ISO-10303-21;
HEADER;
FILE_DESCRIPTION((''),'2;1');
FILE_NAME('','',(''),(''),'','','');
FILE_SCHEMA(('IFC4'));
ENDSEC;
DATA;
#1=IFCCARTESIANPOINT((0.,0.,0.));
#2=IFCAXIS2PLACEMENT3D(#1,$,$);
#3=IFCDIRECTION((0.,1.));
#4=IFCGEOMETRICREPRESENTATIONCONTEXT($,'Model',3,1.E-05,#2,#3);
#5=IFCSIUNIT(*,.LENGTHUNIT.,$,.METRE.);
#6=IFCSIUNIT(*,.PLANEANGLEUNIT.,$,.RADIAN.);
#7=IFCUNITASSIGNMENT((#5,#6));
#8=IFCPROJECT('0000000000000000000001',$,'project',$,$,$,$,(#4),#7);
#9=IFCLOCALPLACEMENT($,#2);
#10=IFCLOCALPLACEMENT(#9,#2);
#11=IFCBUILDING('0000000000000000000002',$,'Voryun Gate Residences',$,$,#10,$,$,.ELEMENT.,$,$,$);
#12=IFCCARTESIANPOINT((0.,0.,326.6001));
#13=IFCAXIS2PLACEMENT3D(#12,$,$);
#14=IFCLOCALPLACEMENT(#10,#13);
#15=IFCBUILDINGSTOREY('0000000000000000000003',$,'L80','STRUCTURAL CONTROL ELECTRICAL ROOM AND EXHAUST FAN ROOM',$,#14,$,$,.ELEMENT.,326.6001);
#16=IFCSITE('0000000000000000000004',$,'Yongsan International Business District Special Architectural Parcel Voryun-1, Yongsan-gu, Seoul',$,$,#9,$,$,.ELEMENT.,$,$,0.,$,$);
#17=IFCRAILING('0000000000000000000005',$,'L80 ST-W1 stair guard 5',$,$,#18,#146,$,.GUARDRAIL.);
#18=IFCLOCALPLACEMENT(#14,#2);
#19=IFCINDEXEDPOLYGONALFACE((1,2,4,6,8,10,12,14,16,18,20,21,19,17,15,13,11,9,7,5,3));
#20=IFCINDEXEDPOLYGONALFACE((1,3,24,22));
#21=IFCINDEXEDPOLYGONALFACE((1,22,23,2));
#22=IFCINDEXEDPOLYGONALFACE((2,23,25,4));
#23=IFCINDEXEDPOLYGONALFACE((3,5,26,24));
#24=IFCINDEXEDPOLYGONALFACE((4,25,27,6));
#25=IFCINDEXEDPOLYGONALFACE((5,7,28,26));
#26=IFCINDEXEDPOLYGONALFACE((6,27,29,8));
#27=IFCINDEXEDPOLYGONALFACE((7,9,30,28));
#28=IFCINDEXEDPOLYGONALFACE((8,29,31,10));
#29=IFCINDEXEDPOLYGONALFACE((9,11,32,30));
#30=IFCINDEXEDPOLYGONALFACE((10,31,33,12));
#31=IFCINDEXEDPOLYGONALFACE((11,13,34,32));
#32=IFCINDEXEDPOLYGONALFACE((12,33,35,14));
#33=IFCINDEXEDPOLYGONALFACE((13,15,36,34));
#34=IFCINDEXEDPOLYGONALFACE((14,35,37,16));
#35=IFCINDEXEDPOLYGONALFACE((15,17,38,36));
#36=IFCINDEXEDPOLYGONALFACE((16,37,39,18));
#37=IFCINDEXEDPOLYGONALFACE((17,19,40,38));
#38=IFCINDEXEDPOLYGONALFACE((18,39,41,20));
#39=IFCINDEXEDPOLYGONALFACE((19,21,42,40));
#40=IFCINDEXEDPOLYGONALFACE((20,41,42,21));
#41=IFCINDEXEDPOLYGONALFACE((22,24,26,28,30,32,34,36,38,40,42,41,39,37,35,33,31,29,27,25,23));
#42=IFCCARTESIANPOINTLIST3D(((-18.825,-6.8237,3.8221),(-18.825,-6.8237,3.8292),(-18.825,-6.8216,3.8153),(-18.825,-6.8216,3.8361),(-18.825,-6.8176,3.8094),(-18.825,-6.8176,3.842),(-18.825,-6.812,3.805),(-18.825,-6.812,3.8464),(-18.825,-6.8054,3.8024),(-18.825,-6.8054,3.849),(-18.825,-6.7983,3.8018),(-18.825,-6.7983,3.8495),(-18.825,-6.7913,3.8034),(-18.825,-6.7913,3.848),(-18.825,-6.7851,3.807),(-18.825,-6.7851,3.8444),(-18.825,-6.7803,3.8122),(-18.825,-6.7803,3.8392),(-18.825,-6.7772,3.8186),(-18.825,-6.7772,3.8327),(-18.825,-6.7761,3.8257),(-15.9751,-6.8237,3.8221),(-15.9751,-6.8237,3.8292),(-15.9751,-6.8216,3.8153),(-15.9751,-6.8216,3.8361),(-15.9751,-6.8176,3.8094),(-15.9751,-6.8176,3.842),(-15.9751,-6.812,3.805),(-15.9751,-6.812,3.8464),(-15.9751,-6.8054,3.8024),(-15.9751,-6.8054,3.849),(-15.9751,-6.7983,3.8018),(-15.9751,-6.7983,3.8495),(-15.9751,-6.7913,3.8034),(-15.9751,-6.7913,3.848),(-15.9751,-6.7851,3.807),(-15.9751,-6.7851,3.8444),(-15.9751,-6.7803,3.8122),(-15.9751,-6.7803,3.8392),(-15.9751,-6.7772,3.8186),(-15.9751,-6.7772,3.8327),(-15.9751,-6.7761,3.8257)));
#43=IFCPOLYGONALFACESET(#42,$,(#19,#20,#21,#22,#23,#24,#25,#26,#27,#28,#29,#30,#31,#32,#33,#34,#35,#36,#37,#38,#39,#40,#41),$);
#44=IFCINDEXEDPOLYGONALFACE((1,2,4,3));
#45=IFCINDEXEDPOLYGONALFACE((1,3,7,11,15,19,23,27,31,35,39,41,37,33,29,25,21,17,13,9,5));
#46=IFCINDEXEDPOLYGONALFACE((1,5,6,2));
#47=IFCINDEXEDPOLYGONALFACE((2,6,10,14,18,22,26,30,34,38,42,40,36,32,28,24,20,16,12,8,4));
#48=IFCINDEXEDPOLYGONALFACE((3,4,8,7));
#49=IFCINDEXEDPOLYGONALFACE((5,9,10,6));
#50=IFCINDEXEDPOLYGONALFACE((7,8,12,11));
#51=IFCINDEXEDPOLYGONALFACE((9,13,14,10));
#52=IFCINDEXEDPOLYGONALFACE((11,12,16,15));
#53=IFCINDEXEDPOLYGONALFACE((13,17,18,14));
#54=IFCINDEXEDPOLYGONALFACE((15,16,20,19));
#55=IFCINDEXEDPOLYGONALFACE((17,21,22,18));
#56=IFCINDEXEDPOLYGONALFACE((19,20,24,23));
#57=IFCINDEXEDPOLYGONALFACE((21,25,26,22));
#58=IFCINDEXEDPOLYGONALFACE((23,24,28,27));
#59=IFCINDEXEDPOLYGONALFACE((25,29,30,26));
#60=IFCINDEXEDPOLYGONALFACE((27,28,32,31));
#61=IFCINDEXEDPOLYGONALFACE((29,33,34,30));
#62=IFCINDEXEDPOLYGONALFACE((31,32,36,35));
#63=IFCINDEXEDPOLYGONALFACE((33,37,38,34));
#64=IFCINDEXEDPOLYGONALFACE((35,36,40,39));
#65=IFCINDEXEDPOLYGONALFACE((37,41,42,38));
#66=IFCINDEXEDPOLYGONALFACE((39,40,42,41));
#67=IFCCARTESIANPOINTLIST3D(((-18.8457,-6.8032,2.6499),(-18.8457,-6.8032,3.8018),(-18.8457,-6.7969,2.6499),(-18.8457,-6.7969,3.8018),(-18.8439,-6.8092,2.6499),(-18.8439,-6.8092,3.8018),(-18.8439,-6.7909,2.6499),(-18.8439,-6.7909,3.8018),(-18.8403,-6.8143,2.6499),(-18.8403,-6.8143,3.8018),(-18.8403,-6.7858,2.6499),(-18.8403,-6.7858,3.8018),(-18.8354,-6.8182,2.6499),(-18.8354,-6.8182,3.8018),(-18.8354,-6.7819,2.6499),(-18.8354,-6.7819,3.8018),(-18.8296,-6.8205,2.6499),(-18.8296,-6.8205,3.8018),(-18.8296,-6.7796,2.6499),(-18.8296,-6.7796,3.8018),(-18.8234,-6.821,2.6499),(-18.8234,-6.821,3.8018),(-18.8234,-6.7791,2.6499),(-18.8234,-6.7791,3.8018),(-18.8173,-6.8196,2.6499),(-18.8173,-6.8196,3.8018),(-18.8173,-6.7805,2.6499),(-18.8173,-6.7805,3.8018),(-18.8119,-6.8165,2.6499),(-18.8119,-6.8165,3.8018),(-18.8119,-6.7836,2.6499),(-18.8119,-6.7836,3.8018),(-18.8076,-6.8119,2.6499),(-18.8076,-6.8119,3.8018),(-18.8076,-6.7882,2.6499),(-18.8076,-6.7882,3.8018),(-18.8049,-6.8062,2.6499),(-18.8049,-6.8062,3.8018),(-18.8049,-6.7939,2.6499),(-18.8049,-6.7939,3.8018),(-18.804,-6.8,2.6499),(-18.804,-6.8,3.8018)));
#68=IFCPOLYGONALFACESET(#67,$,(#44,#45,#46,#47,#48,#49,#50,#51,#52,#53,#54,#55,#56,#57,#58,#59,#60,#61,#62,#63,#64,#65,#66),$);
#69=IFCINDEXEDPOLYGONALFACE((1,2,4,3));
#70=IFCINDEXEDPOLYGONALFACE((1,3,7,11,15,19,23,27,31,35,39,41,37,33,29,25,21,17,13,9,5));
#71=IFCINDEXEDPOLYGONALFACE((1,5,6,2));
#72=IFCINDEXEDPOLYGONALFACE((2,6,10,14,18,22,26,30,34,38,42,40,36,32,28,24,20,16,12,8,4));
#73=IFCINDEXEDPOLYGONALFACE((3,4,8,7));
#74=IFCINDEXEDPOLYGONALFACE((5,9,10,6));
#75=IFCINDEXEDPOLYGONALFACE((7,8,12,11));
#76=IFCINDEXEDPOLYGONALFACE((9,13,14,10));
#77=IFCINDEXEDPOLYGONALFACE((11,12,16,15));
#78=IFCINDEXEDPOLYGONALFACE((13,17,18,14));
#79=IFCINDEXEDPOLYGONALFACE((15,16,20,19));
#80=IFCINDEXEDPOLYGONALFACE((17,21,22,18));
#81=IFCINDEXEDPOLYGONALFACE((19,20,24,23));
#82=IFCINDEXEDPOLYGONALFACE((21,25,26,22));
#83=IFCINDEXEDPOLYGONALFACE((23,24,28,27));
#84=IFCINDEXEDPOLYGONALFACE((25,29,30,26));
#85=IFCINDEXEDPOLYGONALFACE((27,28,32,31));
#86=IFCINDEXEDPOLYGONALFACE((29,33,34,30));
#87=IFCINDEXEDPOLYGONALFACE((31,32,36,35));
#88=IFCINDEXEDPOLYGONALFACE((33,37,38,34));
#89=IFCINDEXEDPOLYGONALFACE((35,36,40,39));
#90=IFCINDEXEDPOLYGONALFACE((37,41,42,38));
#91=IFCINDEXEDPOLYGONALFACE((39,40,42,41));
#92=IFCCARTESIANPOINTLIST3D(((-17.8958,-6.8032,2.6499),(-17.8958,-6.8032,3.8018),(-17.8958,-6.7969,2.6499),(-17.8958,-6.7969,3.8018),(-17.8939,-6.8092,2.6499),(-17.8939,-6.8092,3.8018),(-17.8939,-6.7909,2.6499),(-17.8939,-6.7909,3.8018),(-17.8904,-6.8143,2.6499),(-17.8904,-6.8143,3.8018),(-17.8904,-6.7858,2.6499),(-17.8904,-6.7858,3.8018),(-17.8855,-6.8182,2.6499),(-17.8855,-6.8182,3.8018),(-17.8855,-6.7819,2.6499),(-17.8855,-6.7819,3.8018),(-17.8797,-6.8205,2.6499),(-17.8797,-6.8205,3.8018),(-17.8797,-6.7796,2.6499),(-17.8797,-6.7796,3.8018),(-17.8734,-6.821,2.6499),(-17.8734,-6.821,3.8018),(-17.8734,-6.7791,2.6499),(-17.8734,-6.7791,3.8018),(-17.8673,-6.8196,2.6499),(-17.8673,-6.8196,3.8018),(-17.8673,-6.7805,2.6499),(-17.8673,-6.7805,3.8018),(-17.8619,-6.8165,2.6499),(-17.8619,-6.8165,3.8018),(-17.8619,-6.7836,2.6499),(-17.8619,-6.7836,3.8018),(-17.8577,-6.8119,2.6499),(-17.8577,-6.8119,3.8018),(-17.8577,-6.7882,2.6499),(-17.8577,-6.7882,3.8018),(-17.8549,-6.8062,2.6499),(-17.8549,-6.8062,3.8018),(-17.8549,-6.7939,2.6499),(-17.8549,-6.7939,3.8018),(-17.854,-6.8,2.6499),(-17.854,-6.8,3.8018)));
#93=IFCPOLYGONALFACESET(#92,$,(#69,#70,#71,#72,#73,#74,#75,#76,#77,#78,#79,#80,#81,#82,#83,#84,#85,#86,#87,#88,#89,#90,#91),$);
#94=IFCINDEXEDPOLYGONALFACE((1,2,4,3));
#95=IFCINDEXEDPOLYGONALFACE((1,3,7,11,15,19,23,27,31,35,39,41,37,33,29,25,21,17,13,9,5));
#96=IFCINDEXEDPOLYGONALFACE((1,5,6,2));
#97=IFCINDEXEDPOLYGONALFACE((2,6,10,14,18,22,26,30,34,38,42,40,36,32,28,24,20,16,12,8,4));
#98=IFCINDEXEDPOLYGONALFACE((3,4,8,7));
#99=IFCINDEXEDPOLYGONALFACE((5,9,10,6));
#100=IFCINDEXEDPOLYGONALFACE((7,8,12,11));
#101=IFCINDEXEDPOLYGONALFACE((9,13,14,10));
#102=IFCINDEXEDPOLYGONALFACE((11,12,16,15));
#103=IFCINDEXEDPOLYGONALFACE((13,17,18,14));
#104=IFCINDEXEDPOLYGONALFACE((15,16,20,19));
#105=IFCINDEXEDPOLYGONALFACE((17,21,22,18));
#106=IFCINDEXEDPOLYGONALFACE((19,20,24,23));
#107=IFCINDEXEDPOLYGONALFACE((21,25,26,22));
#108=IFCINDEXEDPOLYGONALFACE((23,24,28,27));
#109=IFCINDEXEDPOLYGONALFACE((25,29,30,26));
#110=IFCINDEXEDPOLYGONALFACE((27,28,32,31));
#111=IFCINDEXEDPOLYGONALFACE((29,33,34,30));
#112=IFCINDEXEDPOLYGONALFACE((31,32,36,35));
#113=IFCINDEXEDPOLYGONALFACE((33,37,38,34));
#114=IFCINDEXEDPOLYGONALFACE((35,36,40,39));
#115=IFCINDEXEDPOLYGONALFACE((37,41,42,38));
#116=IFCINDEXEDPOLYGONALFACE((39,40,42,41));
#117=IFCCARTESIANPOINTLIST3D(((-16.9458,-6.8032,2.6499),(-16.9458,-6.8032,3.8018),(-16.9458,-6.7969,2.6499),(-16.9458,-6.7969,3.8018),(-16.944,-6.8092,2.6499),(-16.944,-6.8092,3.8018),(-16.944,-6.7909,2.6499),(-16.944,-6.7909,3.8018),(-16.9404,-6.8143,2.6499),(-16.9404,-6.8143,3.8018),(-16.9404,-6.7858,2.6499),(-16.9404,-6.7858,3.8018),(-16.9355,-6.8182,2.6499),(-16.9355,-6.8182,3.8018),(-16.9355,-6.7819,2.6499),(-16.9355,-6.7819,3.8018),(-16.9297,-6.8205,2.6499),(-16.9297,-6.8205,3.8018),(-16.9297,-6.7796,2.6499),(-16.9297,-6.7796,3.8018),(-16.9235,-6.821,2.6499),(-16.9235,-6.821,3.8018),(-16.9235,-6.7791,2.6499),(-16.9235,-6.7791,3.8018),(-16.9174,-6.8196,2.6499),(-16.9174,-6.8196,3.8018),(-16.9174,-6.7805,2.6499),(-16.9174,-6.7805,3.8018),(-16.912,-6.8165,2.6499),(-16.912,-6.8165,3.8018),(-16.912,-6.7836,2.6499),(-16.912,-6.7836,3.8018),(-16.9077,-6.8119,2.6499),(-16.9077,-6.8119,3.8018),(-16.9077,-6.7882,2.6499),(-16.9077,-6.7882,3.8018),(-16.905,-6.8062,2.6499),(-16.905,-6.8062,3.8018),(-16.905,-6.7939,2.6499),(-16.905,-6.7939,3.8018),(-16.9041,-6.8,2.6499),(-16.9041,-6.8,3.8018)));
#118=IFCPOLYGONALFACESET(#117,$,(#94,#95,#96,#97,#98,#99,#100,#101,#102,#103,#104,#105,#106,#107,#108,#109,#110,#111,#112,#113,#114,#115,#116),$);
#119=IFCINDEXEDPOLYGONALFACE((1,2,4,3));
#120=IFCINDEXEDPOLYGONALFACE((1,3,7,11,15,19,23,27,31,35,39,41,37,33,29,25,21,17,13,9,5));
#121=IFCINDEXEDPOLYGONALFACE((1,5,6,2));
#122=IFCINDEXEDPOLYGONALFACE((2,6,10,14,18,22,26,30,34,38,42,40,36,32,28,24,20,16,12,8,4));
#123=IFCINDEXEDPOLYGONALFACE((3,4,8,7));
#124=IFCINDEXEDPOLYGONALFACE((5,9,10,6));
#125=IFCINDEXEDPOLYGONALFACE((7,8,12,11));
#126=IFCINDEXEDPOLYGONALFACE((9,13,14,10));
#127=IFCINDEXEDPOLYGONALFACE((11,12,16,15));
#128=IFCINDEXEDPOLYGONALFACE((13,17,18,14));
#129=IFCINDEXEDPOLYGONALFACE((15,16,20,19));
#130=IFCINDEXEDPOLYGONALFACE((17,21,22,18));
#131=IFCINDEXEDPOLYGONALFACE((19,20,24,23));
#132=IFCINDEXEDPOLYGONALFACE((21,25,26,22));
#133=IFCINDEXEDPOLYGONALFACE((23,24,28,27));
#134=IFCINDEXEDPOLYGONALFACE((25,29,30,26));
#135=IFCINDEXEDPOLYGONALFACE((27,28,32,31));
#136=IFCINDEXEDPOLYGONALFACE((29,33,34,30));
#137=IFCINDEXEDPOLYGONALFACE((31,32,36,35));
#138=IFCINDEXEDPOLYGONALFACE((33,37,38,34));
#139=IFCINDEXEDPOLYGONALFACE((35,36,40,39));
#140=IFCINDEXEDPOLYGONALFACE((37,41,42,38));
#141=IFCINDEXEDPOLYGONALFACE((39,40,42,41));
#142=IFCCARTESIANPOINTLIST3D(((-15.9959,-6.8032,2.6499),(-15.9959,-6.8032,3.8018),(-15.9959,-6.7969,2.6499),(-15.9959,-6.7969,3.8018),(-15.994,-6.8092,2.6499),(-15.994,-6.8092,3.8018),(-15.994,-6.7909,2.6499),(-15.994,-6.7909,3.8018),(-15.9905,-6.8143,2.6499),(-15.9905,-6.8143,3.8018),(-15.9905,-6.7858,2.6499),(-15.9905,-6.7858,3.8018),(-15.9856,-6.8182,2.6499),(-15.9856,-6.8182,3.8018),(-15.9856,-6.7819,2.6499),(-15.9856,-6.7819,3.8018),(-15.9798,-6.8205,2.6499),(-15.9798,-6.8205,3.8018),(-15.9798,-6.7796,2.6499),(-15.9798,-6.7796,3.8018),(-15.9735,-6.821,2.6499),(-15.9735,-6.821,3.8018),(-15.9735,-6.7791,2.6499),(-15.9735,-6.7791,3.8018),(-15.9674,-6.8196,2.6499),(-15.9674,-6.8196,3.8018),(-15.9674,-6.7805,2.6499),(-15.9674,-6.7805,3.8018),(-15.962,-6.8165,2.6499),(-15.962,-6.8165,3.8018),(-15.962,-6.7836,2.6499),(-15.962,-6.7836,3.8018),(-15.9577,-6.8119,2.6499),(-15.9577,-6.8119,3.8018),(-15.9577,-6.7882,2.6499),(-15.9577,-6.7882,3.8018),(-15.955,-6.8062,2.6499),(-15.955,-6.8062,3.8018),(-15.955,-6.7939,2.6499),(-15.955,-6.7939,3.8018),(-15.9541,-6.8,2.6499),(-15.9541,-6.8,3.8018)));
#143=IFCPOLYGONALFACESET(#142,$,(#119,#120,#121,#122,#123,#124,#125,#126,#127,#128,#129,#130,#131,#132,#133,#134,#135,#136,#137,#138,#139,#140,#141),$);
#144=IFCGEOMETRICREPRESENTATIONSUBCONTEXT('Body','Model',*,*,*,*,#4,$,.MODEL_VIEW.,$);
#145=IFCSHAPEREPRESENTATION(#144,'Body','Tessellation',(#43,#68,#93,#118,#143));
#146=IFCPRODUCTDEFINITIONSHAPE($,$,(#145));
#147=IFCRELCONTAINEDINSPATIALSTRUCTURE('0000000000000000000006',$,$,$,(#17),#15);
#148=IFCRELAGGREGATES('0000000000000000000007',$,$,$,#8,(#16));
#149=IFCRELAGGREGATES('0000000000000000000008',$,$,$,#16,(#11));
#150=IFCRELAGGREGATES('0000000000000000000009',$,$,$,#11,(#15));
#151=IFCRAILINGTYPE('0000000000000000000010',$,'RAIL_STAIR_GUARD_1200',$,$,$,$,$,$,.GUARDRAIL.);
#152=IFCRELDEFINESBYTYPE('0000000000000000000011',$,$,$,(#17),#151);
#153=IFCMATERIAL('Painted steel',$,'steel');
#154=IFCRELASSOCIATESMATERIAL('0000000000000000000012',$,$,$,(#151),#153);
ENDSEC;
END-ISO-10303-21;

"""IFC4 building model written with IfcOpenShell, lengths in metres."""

from ifc_helpers import new_model, si_unit, direction, frame, origin, origin_2d, place, context, subcontext, project, spatial, circle, extrude, material, type_object, element, save


model = new_model("IFC4")

# Units and contexts
model_context = context("Model", 3, precision=1e-05, world=origin(), true_north=direction((0.0, 1.0)))
body_context = subcontext(model_context, "Body", "Model", "MODEL_VIEW")
ifc_project = project(units=[si_unit("LENGTHUNIT", "METRE"), si_unit("PLANEANGLEUNIT", "RADIAN")], contexts=[model_context])

# Site, building, storey
site_placement = place(None, origin())
site = spatial("IfcSite", under=ifc_project, at=site_placement, Name="Yongsan International Business District Special Architectural Parcel Voryun-1, Yongsan-gu, Seoul", CompositionType="ELEMENT", RefElevation=0.0)
building_placement = place(site_placement, origin())
building = spatial("IfcBuilding", under=site, at=building_placement, Name="Voryun Gate Residences", CompositionType="ELEMENT")
storey_placement = place(building_placement, frame((0.0, 0.0, 326.6001)))
storey = spatial("IfcBuildingStorey", under=building, at=storey_placement, Name="L80", Description="STRUCTURAL CONTROL ELECTRICAL ROOM AND EXHAUST FAN ROOM", CompositionType="ELEMENT", Elevation=326.6001)

# Railing
ifc_material_1 = material(Name="Painted steel", Category="steel")
railing_type = type_object("IfcRailingType", Name="RAIL_STAIR_GUARD_1200", PredefinedType="GUARDRAIL", material=ifc_material_1)
railing_1_placement = place(storey_placement, frame((-18.825, -6.8, 2.6499)))
element("IfcRailing", 1, at=railing_1_placement, inside=storey, type_object=railing_type, Name="L80 ST-W1 stair guard 5", PredefinedType="GUARDRAIL", context=body_context, shape_type="SweptSolid", body=[
    extrude(circle(Radius=0.0239, at=origin_2d()), frame((0.0, 0.0, 1.1758), z_axis=(1.0, 0.0, 0.0), x_axis=(0.0, 1.0, 0.0)), (0.0, 0.0, 1.0), 2.8499),
    extrude(circle(Radius=0.021, at=origin_2d()), origin(), (0.0, 0.0, 1.0), 1.1519),
    extrude(circle(Radius=0.021, at=origin_2d()), frame((0.95, 0.0, 0.0)), (0.0, 0.0, 1.0), 1.1519),
    extrude(circle(Radius=0.021, at=origin_2d()), frame((1.8999, 0.0, 0.0)), (0.0, 0.0, 1.0), 1.1519),
    extrude(circle(Radius=0.021, at=origin_2d()), frame((2.8499, 0.0, 0.0)), (0.0, 0.0, 1.0), 1.1519),
])

save(model, "model.ifc")
